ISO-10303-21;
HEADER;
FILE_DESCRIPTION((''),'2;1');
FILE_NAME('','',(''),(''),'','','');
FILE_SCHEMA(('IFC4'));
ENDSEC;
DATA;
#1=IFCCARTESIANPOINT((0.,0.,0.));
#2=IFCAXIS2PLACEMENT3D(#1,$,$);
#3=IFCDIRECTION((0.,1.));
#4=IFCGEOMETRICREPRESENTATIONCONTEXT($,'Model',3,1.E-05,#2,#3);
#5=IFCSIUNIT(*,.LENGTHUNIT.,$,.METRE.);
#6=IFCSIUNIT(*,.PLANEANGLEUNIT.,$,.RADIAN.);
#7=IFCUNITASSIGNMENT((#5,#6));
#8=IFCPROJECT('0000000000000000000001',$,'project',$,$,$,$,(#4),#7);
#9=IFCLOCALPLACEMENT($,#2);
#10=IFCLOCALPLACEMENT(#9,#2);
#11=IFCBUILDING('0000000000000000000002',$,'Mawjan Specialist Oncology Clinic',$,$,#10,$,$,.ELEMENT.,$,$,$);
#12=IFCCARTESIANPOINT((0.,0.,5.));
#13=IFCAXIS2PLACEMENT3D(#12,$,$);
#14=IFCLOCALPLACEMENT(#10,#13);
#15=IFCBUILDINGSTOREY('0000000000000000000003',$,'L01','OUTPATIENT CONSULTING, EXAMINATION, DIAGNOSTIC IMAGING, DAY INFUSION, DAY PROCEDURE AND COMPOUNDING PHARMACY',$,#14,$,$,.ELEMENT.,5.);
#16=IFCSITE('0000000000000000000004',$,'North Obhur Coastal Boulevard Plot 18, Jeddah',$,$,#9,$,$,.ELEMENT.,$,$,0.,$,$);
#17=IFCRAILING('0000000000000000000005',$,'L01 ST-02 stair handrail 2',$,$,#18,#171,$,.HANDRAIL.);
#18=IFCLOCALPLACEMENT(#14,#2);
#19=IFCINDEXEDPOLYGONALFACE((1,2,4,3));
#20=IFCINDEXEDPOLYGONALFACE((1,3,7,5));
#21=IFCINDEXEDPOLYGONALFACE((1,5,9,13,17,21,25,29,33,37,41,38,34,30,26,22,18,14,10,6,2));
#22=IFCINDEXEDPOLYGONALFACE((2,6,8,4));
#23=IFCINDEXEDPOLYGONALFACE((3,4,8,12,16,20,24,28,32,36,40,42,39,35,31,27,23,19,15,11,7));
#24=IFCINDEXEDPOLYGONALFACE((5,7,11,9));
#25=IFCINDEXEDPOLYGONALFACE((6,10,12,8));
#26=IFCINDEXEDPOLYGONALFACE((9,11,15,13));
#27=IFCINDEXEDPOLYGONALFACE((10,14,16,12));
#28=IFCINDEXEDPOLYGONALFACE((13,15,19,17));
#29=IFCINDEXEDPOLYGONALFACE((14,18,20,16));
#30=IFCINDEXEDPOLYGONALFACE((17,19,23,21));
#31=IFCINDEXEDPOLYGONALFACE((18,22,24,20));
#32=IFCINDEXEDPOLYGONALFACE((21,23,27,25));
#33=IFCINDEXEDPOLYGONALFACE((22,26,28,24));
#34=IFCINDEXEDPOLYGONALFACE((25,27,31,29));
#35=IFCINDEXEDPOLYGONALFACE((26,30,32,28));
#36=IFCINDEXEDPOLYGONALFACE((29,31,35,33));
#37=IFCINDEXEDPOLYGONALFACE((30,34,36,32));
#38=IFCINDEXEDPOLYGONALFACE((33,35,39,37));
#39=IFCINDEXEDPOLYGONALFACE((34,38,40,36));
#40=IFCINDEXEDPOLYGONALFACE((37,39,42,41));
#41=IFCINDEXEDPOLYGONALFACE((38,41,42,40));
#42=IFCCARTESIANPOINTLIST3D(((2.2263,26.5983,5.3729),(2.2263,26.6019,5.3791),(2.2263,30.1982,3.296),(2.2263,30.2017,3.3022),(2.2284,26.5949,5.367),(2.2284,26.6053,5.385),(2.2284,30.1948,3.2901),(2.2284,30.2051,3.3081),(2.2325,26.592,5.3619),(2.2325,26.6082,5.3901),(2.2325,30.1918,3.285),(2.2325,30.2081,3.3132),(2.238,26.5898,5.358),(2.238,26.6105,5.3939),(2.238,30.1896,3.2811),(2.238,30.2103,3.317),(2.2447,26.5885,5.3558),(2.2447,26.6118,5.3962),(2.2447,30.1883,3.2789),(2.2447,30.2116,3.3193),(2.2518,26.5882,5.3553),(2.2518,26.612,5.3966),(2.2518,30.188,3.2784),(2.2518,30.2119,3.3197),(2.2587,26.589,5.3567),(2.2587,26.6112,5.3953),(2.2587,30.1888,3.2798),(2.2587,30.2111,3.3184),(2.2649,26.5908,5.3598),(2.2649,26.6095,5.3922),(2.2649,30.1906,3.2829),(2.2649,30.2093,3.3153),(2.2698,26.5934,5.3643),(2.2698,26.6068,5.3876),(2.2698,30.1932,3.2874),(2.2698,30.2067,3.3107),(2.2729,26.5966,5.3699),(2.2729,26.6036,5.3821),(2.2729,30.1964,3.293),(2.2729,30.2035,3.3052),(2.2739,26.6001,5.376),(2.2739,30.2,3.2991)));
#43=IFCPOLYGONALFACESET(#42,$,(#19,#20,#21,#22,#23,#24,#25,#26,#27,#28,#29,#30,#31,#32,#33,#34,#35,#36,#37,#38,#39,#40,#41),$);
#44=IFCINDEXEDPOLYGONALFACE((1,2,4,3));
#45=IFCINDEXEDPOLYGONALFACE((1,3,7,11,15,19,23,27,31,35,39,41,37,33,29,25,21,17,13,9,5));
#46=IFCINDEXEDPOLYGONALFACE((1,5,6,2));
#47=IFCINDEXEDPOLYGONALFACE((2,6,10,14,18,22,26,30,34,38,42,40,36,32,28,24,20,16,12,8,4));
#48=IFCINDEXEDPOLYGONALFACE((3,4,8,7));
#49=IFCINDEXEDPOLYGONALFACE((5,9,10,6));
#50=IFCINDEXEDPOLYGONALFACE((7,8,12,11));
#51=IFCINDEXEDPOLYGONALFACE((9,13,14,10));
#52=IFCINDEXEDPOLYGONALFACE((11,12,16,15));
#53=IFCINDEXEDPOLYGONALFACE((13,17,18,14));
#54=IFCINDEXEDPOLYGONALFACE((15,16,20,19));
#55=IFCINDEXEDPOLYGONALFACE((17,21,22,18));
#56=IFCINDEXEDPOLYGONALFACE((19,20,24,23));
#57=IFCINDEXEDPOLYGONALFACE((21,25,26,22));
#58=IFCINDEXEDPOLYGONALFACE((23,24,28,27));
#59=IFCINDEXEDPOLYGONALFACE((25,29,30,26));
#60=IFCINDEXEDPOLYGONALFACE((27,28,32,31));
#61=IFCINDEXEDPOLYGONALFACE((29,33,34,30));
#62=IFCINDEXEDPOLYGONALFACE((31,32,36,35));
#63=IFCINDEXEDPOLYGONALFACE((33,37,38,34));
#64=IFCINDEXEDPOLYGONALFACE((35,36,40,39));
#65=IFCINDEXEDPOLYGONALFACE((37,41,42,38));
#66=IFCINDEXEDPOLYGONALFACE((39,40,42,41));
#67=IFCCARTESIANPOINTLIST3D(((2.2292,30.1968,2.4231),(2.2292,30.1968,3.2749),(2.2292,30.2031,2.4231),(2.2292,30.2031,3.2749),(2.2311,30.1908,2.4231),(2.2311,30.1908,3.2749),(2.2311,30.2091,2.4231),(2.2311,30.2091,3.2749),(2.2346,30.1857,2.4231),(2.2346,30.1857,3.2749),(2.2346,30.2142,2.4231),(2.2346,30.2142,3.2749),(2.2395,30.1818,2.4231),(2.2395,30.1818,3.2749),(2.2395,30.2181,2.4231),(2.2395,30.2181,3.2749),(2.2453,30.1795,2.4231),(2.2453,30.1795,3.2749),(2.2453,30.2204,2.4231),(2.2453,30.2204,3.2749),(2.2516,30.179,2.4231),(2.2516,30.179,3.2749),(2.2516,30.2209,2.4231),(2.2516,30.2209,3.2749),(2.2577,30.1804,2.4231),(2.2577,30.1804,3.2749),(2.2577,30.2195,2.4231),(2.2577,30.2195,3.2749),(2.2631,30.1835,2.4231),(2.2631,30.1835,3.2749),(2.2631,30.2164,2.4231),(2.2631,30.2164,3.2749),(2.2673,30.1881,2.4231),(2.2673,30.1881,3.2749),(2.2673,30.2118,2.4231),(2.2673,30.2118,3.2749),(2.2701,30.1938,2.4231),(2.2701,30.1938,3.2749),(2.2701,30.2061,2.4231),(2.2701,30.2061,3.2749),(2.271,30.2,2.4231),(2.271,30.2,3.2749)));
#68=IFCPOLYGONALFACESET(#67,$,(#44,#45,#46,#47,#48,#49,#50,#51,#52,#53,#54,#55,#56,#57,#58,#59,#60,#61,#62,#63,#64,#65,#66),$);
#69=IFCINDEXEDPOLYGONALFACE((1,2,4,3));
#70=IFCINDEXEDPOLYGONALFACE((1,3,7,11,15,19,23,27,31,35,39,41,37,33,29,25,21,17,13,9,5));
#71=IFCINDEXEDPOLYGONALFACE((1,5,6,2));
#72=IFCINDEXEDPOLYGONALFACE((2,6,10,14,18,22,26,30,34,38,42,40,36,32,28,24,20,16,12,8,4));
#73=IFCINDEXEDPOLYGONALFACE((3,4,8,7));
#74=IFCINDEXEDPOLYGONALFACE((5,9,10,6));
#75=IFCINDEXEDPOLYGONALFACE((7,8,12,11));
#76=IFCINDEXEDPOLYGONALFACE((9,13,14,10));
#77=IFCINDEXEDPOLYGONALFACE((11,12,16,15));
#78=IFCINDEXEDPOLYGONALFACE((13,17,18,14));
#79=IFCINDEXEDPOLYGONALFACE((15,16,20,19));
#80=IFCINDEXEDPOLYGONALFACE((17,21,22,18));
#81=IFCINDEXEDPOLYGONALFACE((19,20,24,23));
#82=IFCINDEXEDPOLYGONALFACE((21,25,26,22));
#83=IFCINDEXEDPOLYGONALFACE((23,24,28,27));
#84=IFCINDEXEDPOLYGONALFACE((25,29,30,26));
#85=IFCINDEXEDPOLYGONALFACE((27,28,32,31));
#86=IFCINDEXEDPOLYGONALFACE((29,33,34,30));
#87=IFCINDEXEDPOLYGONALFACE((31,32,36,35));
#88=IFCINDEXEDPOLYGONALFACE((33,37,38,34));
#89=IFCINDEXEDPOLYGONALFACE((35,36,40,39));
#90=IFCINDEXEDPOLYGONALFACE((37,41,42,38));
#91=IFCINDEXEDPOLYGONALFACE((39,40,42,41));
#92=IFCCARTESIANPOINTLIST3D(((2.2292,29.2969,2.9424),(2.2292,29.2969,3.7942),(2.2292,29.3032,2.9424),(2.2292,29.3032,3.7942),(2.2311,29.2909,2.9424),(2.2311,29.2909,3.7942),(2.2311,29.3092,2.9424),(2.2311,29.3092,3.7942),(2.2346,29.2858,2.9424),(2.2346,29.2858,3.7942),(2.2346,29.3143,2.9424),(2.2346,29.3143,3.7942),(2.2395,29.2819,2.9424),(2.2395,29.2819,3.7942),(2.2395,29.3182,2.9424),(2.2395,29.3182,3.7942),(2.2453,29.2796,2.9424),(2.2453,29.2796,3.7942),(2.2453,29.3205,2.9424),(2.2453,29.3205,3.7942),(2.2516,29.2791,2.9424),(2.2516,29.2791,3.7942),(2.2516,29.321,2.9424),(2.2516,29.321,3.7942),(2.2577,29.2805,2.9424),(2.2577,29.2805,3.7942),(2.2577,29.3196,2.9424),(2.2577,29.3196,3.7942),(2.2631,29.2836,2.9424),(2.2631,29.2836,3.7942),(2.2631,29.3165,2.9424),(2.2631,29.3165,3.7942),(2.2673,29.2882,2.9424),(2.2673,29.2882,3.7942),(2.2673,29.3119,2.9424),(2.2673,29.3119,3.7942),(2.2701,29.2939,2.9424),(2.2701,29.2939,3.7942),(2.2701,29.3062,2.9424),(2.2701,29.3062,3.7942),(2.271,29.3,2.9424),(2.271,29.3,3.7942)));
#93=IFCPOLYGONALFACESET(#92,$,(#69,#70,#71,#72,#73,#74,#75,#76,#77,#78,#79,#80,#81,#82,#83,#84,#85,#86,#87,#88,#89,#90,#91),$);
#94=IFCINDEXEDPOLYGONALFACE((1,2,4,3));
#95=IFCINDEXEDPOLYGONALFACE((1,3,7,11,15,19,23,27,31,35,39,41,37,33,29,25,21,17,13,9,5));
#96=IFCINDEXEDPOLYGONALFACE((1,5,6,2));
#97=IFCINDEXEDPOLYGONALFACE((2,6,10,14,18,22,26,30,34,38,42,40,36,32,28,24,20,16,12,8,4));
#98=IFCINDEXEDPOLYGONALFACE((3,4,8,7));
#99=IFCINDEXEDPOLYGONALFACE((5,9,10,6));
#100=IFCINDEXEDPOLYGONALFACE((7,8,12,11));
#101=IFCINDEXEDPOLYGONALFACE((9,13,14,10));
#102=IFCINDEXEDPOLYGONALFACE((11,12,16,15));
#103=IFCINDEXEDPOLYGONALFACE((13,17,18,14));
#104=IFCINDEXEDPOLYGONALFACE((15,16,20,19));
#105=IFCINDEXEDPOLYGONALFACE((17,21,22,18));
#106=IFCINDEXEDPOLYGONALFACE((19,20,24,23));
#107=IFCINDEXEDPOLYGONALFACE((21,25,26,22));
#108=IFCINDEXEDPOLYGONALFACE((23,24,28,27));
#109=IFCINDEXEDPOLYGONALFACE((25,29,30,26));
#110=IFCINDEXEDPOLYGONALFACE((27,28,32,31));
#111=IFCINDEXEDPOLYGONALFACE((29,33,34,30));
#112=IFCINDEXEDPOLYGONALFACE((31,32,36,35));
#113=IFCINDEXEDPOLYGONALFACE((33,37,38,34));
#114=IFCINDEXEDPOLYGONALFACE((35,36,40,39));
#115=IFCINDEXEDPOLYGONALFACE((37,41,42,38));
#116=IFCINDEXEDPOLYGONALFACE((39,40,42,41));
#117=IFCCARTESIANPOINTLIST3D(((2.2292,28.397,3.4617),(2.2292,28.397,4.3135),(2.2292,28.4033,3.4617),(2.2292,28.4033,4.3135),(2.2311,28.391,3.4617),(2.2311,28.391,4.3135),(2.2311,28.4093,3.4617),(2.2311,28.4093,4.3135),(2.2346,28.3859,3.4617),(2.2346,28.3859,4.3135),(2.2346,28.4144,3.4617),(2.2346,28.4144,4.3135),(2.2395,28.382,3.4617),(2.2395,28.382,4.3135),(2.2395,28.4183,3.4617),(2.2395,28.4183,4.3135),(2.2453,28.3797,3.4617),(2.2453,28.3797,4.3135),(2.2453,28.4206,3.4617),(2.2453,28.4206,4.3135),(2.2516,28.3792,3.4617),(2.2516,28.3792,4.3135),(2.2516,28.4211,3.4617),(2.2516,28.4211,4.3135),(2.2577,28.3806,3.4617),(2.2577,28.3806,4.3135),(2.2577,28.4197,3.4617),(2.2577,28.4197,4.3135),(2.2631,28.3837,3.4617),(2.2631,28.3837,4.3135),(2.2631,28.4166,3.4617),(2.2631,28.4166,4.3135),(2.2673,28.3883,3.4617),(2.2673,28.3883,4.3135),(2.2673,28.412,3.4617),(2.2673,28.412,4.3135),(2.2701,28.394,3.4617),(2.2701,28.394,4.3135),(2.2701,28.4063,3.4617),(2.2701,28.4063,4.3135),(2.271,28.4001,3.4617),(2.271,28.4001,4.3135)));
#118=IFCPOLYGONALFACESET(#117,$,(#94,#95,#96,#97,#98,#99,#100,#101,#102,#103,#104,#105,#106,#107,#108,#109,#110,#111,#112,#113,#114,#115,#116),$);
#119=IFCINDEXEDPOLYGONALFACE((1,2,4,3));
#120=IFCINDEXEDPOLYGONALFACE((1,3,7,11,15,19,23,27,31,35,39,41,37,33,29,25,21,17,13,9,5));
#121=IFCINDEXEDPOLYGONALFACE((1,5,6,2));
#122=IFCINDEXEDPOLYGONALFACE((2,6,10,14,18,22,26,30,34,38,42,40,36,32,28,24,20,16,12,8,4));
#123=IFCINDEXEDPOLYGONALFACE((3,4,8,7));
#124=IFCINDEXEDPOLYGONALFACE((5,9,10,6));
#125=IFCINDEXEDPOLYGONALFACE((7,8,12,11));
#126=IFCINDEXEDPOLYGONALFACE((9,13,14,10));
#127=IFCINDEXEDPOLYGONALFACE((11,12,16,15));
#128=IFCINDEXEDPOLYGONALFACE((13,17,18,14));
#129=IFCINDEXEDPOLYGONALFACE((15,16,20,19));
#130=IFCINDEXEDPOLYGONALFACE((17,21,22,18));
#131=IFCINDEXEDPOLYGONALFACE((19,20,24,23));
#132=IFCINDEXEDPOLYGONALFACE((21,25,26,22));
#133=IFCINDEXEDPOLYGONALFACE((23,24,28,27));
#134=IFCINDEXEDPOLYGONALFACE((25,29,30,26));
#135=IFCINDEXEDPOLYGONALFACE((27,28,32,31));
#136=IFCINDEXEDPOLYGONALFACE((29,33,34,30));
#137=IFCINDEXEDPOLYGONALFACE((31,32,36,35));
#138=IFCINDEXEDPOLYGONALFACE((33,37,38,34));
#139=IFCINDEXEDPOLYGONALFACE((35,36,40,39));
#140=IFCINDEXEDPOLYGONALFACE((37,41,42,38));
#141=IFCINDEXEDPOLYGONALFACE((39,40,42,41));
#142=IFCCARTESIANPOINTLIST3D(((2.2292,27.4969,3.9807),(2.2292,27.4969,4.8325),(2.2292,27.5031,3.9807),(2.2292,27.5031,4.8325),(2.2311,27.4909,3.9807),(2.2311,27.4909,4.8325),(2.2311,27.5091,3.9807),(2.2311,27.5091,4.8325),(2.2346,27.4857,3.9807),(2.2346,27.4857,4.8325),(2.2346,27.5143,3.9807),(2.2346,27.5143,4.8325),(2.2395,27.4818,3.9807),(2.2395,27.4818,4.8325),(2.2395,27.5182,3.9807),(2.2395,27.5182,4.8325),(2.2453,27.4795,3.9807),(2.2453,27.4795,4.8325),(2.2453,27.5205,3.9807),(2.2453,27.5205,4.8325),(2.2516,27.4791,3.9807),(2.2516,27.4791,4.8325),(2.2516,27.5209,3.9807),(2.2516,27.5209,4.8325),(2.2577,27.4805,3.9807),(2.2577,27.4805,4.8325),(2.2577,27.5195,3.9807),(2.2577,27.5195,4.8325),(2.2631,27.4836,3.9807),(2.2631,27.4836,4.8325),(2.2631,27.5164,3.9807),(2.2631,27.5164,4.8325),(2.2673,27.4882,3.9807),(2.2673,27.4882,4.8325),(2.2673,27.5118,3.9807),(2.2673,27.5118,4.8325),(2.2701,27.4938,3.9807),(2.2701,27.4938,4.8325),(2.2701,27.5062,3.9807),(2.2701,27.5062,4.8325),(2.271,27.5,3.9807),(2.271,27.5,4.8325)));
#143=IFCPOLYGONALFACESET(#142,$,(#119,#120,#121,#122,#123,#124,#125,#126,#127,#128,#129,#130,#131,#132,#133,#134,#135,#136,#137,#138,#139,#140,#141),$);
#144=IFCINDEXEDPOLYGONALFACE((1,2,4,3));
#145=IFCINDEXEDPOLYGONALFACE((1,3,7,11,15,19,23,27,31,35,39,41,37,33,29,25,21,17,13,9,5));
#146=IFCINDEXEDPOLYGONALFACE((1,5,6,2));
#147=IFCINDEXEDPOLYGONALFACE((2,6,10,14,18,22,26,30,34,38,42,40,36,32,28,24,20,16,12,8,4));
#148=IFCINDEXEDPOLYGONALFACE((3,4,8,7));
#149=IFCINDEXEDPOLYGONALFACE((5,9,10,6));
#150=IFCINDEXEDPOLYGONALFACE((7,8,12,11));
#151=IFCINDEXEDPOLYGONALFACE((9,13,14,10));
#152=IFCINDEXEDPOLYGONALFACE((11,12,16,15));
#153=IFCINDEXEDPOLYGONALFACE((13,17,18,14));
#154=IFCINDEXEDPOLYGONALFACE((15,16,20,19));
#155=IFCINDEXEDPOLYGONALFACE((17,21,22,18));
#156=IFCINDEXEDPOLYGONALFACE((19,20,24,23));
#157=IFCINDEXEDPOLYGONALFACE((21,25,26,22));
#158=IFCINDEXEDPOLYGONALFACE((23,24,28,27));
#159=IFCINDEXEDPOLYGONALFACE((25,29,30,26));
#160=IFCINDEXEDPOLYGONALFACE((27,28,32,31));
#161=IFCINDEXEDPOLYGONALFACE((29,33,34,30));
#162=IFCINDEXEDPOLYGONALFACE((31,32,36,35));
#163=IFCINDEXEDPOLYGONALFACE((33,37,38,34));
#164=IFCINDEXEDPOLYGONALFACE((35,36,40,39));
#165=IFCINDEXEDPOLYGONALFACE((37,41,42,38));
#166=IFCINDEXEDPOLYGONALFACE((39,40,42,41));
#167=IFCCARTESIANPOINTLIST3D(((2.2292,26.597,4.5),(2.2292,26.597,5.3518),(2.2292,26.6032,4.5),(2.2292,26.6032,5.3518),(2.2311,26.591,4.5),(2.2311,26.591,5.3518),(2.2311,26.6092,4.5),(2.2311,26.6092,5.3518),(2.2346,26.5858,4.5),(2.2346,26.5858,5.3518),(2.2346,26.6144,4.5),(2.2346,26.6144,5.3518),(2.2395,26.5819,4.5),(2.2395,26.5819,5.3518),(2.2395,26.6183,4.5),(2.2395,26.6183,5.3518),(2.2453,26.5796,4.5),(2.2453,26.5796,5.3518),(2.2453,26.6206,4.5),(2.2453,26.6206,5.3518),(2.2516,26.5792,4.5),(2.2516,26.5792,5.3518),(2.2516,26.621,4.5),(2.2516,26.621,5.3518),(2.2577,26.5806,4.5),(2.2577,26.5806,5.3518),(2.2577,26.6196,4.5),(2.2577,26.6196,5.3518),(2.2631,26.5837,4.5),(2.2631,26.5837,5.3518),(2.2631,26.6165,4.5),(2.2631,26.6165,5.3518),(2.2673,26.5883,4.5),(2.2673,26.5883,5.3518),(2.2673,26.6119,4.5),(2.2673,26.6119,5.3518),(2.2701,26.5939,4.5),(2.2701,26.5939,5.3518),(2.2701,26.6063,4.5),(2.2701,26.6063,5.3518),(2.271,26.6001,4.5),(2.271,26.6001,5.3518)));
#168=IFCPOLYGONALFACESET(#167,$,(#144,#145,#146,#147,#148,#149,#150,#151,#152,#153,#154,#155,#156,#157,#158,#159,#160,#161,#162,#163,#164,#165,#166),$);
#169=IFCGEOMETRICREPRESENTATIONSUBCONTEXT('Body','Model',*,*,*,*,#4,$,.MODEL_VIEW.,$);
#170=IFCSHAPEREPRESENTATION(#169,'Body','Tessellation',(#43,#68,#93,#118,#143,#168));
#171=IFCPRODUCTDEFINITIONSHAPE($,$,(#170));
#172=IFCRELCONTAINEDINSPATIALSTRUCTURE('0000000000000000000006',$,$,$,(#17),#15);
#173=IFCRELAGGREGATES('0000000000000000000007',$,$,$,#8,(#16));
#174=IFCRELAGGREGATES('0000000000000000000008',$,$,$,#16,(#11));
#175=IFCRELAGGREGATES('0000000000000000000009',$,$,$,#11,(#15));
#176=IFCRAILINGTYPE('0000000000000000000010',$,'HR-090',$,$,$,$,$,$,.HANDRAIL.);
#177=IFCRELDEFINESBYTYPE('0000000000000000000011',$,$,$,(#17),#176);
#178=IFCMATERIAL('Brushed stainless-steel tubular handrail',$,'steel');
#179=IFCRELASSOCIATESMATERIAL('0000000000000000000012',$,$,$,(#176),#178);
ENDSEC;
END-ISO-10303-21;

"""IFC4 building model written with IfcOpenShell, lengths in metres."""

from ifc_helpers import new_model, si_unit, direction, frame, origin, origin_2d, place, context, subcontext, project, spatial, circle, extrude, material, type_object, element, save


model = new_model("IFC4")

# Units and contexts
model_context = context("Model", 3, precision=1e-05, world=origin(), true_north=direction((0.0, 1.0)))
body_context = subcontext(model_context, "Body", "Model", "MODEL_VIEW")
ifc_project = project(units=[si_unit("LENGTHUNIT", "METRE"), si_unit("PLANEANGLEUNIT", "RADIAN")], contexts=[model_context])

# Site, building, storey
site_placement = place(None, origin())
site = spatial("IfcSite", under=ifc_project, at=site_placement, Name="North Obhur Coastal Boulevard Plot 18, Jeddah", CompositionType="ELEMENT", RefElevation=0.0)
building_placement = place(site_placement, origin())
building = spatial("IfcBuilding", under=site, at=building_placement, Name="Mawjan Specialist Oncology Clinic", CompositionType="ELEMENT")
storey_placement = place(building_placement, frame((0.0, 0.0, 5.0)))
storey = spatial("IfcBuildingStorey", under=building, at=storey_placement, Name="L01", Description="OUTPATIENT CONSULTING, EXAMINATION, DIAGNOSTIC IMAGING, DAY INFUSION, DAY PROCEDURE AND COMPOUNDING PHARMACY", CompositionType="ELEMENT", Elevation=5.0)

# Railing
ifc_material_1 = material(Name="Brushed stainless-steel tubular handrail", Category="steel")
railing_type_1 = type_object("IfcRailingType", Name="HR-090", PredefinedType="HANDRAIL", material=ifc_material_1)
railing_1_placement = place(storey_placement, frame((2.25, 30.2, 2.4231)))
element("IfcRailing", 1, at=railing_1_placement, inside=storey, type_object=railing_type_1, Name="L01 ST-02 stair handrail 2", PredefinedType="HANDRAIL", context=body_context, shape_type="SweptSolid", body=[
    extrude(circle(Radius=0.0239, at=origin_2d()), frame((0.0, 0.0, 0.876), z_axis=(0.0, -0.866179, 0.499734), x_axis=(1.0, 0.0, 0.0)), (0.0, 0.0, 1.0), 4.156),
    extrude(circle(Radius=0.021, at=origin_2d()), origin(), (0.0, 0.0, 1.0), 0.8518),
    extrude(circle(Radius=0.021, at=origin_2d()), frame((0.0, -0.8999, 0.5193)), (0.0, 0.0, 1.0), 0.8518),
    extrude(circle(Radius=0.021, at=origin_2d()), frame((0.0, -1.7998, 1.0386)), (0.0, 0.0, 1.0), 0.8518),
    extrude(circle(Radius=0.021, at=origin_2d()), frame((0.0, -2.7, 1.5576)), (0.0, 0.0, 1.0), 0.8518),
    extrude(circle(Radius=0.021, at=origin_2d()), frame((0.0, -3.5999, 2.0769)), (0.0, 0.0, 1.0), 0.8518),
])

save(model, "model.ifc")
